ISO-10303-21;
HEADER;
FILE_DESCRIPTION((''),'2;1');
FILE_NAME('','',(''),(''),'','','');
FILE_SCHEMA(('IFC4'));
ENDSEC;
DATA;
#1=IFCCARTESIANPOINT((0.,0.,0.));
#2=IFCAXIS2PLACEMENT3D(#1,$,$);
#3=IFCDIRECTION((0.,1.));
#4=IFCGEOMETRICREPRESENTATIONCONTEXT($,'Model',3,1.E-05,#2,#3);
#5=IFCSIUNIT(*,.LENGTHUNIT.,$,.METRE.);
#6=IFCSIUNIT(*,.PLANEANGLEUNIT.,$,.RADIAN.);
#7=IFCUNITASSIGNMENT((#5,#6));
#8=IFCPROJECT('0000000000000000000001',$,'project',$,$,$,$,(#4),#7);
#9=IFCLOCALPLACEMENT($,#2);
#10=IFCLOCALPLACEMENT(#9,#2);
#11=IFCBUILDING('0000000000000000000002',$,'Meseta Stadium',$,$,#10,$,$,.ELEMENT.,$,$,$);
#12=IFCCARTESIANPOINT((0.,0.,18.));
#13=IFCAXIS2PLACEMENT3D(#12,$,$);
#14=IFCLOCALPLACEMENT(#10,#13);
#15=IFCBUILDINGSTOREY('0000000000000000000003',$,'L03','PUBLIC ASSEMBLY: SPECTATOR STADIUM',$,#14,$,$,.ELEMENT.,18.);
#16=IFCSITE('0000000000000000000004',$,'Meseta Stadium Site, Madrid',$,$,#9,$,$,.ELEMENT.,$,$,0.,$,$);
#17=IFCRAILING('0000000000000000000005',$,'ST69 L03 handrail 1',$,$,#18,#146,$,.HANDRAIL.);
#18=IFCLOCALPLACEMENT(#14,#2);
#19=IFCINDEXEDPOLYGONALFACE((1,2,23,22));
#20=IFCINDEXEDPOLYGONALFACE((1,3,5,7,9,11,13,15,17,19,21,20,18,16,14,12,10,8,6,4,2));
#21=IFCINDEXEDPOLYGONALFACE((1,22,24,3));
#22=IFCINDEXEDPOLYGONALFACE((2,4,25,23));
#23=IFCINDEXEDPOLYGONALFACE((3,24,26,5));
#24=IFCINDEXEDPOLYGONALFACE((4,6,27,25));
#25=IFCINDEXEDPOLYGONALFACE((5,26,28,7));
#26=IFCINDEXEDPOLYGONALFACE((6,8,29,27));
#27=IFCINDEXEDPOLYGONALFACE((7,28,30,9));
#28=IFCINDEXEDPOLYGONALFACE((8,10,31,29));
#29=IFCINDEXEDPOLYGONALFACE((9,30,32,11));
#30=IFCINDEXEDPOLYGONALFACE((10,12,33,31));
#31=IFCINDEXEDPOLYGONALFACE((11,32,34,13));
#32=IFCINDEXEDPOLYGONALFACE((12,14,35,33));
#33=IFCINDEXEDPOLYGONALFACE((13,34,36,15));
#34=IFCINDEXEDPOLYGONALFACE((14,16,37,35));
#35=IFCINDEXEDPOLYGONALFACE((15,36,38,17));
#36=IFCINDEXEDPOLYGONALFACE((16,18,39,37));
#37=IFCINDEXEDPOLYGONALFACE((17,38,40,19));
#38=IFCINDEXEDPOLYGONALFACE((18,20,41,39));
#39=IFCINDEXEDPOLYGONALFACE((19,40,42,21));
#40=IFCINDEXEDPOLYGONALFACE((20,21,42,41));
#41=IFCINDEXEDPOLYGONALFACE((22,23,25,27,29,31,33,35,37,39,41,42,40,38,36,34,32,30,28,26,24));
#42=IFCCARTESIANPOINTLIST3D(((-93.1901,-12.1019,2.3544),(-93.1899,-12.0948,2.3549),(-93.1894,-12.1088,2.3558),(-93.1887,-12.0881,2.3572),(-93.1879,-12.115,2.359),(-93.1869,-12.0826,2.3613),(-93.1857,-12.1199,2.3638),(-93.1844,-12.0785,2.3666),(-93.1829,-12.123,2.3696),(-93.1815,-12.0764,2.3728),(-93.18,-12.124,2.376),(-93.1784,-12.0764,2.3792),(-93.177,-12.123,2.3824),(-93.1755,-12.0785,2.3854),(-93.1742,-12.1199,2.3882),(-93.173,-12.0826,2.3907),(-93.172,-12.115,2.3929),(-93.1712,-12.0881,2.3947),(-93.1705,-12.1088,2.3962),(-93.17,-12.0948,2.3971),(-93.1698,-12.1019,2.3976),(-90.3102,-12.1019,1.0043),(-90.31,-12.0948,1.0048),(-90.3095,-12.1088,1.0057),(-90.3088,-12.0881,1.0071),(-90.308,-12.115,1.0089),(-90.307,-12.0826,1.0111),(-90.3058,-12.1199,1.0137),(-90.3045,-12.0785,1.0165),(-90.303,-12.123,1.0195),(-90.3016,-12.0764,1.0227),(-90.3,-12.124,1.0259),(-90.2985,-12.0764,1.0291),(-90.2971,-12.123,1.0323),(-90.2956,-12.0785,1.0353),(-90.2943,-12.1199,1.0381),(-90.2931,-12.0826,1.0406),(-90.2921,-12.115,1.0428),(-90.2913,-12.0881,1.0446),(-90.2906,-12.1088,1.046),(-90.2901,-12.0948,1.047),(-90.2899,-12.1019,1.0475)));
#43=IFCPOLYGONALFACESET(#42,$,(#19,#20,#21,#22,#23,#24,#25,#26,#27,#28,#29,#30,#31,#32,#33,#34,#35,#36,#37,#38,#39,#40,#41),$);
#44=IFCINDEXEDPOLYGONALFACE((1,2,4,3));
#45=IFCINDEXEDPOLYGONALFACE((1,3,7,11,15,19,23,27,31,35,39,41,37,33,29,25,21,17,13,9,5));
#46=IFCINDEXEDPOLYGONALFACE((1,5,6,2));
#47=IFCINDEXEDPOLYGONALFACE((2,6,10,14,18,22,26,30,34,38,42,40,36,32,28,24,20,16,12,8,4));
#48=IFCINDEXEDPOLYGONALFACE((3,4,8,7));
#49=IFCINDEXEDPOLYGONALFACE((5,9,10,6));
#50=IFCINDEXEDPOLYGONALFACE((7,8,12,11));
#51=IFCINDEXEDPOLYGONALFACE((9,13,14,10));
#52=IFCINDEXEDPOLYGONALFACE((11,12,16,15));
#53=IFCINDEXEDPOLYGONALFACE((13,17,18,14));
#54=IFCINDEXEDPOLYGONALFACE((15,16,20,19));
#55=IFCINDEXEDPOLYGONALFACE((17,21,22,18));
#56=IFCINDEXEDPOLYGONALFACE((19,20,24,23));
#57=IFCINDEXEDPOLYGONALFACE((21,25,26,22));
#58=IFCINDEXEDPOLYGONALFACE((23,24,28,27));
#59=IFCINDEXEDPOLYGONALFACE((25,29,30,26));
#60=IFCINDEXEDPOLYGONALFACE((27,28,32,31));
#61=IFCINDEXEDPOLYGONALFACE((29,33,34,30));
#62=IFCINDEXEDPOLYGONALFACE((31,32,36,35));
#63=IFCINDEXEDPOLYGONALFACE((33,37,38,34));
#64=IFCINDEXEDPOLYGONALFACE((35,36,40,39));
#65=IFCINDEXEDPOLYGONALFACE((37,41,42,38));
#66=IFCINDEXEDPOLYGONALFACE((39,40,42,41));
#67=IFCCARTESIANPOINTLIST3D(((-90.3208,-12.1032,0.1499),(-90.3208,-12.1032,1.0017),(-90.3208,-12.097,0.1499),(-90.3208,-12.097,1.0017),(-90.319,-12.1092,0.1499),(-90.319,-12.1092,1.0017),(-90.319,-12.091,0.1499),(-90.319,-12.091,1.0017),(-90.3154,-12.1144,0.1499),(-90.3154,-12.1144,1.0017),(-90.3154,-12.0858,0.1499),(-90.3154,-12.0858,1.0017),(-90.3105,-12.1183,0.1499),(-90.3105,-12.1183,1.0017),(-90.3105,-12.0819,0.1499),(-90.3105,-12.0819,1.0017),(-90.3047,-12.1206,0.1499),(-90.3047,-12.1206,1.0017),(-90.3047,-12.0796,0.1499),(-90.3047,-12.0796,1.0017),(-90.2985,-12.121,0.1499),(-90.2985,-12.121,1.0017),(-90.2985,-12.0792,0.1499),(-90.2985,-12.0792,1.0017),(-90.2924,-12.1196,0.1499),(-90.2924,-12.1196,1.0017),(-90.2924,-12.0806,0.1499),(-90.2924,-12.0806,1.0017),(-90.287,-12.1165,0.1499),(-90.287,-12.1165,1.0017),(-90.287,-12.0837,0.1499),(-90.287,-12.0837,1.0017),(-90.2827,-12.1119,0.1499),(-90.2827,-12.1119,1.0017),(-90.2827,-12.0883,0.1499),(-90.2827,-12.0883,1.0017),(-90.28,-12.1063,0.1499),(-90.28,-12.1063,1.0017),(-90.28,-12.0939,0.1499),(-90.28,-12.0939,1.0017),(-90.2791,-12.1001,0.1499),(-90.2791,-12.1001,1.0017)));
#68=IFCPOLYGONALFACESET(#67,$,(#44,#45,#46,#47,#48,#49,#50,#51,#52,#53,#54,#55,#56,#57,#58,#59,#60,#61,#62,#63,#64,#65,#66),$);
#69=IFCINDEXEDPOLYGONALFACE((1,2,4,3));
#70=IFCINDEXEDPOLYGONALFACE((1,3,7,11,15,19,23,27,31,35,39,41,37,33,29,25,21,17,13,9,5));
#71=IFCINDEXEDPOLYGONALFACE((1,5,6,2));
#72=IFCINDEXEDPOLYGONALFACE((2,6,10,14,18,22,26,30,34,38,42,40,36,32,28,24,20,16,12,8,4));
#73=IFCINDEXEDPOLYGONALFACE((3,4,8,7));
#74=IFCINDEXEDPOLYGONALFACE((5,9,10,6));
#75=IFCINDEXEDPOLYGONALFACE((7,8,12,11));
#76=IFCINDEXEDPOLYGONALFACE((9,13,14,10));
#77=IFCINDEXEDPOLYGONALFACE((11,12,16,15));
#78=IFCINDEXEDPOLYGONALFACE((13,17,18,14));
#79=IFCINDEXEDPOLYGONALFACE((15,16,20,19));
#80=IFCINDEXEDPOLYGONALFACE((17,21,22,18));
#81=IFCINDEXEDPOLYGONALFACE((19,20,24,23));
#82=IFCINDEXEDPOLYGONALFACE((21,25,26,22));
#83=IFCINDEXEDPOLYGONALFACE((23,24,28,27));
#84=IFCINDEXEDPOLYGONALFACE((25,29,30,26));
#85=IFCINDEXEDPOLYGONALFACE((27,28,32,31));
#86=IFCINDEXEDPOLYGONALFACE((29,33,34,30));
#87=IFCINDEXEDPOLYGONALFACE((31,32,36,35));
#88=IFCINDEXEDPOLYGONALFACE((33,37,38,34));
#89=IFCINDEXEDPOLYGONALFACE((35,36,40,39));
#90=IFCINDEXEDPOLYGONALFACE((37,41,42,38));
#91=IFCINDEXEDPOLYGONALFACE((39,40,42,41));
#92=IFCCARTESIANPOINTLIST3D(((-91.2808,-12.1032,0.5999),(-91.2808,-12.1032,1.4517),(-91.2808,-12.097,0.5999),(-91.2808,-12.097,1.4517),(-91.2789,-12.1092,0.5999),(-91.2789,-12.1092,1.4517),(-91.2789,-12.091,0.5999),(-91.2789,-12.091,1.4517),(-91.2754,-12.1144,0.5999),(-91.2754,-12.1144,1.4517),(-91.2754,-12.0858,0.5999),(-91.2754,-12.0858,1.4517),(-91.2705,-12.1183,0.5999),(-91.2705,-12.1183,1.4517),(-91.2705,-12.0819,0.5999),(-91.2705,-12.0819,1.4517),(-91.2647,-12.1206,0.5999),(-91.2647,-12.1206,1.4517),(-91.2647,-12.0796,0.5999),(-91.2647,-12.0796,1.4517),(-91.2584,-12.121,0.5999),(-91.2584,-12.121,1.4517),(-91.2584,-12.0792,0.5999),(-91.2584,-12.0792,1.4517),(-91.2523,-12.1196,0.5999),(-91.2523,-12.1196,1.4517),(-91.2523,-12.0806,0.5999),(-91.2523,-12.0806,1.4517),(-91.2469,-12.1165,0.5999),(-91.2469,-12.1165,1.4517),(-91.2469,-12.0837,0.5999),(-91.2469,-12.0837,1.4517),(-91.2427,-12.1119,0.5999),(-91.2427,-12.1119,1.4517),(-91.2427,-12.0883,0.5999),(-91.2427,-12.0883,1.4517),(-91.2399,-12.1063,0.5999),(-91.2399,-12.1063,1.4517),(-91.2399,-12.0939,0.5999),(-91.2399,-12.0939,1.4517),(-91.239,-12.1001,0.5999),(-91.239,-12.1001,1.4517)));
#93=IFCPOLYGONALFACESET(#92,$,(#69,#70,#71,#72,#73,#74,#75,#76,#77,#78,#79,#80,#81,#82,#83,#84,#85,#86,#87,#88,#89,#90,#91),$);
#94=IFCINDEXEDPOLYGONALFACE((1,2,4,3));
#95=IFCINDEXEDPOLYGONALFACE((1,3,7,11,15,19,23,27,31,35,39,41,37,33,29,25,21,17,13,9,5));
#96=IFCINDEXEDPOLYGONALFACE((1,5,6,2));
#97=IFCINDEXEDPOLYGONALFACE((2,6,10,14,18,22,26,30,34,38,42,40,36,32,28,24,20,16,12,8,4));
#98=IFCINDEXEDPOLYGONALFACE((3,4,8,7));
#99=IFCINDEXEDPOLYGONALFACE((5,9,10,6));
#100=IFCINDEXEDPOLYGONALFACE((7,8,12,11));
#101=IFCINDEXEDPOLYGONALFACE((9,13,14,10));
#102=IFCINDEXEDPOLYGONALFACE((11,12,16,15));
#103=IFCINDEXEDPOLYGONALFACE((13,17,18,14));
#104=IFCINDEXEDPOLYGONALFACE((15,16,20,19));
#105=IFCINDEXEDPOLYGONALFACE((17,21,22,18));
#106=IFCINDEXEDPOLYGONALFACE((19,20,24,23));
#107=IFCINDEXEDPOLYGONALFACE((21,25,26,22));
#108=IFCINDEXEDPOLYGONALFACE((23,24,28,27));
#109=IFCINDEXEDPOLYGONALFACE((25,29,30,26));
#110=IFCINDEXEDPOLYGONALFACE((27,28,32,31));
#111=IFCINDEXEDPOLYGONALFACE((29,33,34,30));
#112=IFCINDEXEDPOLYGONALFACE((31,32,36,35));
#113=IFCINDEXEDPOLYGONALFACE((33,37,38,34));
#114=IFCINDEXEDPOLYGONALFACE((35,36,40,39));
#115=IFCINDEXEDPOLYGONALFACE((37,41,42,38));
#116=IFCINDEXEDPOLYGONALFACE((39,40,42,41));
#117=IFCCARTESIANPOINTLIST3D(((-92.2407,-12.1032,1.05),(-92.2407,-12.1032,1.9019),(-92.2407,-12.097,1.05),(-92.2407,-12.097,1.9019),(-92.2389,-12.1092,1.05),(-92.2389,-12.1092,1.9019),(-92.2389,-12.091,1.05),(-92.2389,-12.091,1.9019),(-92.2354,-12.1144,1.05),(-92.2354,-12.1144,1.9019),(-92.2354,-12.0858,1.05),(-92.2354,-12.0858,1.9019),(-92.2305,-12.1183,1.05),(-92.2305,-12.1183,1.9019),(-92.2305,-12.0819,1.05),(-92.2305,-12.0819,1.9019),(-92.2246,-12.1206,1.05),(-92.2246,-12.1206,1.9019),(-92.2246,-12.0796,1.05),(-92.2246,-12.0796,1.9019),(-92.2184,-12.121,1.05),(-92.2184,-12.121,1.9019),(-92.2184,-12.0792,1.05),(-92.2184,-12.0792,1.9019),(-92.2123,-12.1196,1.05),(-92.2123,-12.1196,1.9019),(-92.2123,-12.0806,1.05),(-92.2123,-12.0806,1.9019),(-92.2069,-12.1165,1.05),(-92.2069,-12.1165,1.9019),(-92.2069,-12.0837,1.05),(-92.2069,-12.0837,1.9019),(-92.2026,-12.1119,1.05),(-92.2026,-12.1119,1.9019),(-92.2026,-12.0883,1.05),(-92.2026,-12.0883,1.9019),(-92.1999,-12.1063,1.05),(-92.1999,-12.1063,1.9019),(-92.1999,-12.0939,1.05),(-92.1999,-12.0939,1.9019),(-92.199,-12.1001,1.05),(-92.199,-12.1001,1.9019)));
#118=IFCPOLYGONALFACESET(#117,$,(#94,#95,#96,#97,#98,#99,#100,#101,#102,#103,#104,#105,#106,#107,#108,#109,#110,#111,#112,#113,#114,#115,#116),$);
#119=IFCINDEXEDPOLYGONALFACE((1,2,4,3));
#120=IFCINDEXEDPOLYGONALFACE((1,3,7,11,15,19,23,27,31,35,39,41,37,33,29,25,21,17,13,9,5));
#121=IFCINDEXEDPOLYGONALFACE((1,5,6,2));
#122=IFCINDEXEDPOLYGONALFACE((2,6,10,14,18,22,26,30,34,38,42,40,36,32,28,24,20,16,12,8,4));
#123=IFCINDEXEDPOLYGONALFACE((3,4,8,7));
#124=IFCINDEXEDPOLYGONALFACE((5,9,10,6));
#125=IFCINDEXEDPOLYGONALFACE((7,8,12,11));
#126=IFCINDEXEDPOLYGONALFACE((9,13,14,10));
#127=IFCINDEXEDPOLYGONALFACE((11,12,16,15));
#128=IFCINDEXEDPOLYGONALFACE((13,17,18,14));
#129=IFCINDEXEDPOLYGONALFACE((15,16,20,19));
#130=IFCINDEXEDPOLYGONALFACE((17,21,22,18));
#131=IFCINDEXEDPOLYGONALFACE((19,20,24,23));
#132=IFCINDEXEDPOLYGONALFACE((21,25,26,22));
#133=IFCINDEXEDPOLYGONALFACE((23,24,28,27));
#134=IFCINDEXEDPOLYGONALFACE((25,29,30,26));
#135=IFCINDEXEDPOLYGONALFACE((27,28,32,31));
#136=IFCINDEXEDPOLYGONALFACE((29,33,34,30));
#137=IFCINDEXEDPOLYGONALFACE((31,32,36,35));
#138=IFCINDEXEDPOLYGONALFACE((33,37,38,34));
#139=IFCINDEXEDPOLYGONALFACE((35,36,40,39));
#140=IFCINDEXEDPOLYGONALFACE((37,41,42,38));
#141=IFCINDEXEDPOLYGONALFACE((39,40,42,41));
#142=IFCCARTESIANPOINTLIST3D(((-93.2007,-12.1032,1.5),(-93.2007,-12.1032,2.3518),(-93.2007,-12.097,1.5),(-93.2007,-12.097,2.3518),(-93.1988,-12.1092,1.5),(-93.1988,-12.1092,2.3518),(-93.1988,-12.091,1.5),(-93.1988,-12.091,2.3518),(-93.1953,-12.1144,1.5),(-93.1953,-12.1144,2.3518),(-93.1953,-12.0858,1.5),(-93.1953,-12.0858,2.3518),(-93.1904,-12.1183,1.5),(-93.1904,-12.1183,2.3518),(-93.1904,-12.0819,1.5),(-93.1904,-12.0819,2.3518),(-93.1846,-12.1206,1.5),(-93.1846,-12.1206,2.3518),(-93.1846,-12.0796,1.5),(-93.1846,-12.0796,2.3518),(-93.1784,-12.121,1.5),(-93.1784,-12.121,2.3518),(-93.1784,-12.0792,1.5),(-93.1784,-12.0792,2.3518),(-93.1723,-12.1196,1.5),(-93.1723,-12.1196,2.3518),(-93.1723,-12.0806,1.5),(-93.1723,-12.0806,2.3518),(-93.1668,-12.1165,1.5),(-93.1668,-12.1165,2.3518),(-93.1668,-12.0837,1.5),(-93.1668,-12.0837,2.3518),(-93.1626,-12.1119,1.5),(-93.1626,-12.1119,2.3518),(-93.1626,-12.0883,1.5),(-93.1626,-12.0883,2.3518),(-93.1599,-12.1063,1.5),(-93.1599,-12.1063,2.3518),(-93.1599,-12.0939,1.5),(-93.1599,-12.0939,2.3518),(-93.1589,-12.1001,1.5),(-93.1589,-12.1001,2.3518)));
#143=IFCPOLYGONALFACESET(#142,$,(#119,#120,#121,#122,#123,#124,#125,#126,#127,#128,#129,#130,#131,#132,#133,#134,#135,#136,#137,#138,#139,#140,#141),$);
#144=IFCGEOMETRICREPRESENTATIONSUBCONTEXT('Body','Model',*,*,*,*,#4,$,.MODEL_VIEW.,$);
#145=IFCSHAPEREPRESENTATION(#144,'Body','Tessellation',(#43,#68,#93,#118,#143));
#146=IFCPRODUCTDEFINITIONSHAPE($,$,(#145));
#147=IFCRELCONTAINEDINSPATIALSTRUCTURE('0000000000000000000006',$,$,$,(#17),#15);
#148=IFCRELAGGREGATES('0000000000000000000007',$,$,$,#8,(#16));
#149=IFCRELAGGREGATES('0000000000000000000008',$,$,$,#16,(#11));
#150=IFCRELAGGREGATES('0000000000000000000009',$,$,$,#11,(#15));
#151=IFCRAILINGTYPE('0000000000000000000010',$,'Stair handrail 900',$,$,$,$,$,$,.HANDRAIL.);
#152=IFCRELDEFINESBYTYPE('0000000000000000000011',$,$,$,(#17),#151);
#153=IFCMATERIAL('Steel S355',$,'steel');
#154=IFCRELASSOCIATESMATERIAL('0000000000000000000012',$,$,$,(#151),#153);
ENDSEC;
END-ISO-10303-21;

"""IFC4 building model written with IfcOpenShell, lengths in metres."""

from ifc_helpers import new_model, si_unit, direction, frame, origin, origin_2d, place, context, subcontext, project, spatial, circle, extrude, material, type_object, element, save


model = new_model("IFC4")

# Units and contexts
model_context = context("Model", 3, precision=1e-05, world=origin(), true_north=direction((0.0, 1.0)))
body_context = subcontext(model_context, "Body", "Model", "MODEL_VIEW")
ifc_project = project(units=[si_unit("LENGTHUNIT", "METRE"), si_unit("PLANEANGLEUNIT", "RADIAN")], contexts=[model_context])

# Site, building, storey
site_placement = place(None, origin())
site = spatial("IfcSite", under=ifc_project, at=site_placement, Name="Meseta Stadium Site, Madrid", CompositionType="ELEMENT", RefElevation=0.0)
building_placement = place(site_placement, origin())
building = spatial("IfcBuilding", under=site, at=building_placement, Name="Meseta Stadium", CompositionType="ELEMENT")
storey_placement = place(building_placement, frame((0.0, 0.0, 18.0)))
storey = spatial("IfcBuildingStorey", under=building, at=storey_placement, Name="L03", Description="PUBLIC ASSEMBLY: SPECTATOR STADIUM", CompositionType="ELEMENT", Elevation=18.0)

# Railing
ifc_material_1 = material(Name="Steel S355", Category="steel")
railing_type = type_object("IfcRailingType", Name="Stair handrail 900", PredefinedType="HANDRAIL", material=ifc_material_1)
for number, where, name in (
    (1, (-90.3, -12.1001, 0.1499), "ST69 L03 handrail 1"),
):
    element("IfcRailing", number, at=place(storey_placement, frame(where)), inside=storey, type_object=railing_type, Name=name, PredefinedType="HANDRAIL", context=body_context, shape_type="SweptSolid", body=[
        extrude(circle(Radius=0.0239, at=origin_2d()), frame((0.0, 0.0, 0.876), z_axis=(-0.90544, 0.0, 0.424473), x_axis=(0.0, -1.0, 0.0)), (0.0, 0.0, 1.0), 3.1807),
        extrude(circle(Radius=0.021, at=origin_2d()), origin(), (0.0, 0.0, 1.0), 0.8518),
        extrude(circle(Radius=0.021, at=origin_2d()), frame((-0.96, 0.0, 0.45)), (0.0, 0.0, 1.0), 0.8518),
        extrude(circle(Radius=0.021, at=origin_2d()), frame((-1.9199, 0.0, 0.9001)), (0.0, 0.0, 1.0), 0.8518),
        extrude(circle(Radius=0.021, at=origin_2d()), frame((-2.8799, 0.0, 1.3501)), (0.0, 0.0, 1.0), 0.8518),
    ])

save(model, "model.ifc")
